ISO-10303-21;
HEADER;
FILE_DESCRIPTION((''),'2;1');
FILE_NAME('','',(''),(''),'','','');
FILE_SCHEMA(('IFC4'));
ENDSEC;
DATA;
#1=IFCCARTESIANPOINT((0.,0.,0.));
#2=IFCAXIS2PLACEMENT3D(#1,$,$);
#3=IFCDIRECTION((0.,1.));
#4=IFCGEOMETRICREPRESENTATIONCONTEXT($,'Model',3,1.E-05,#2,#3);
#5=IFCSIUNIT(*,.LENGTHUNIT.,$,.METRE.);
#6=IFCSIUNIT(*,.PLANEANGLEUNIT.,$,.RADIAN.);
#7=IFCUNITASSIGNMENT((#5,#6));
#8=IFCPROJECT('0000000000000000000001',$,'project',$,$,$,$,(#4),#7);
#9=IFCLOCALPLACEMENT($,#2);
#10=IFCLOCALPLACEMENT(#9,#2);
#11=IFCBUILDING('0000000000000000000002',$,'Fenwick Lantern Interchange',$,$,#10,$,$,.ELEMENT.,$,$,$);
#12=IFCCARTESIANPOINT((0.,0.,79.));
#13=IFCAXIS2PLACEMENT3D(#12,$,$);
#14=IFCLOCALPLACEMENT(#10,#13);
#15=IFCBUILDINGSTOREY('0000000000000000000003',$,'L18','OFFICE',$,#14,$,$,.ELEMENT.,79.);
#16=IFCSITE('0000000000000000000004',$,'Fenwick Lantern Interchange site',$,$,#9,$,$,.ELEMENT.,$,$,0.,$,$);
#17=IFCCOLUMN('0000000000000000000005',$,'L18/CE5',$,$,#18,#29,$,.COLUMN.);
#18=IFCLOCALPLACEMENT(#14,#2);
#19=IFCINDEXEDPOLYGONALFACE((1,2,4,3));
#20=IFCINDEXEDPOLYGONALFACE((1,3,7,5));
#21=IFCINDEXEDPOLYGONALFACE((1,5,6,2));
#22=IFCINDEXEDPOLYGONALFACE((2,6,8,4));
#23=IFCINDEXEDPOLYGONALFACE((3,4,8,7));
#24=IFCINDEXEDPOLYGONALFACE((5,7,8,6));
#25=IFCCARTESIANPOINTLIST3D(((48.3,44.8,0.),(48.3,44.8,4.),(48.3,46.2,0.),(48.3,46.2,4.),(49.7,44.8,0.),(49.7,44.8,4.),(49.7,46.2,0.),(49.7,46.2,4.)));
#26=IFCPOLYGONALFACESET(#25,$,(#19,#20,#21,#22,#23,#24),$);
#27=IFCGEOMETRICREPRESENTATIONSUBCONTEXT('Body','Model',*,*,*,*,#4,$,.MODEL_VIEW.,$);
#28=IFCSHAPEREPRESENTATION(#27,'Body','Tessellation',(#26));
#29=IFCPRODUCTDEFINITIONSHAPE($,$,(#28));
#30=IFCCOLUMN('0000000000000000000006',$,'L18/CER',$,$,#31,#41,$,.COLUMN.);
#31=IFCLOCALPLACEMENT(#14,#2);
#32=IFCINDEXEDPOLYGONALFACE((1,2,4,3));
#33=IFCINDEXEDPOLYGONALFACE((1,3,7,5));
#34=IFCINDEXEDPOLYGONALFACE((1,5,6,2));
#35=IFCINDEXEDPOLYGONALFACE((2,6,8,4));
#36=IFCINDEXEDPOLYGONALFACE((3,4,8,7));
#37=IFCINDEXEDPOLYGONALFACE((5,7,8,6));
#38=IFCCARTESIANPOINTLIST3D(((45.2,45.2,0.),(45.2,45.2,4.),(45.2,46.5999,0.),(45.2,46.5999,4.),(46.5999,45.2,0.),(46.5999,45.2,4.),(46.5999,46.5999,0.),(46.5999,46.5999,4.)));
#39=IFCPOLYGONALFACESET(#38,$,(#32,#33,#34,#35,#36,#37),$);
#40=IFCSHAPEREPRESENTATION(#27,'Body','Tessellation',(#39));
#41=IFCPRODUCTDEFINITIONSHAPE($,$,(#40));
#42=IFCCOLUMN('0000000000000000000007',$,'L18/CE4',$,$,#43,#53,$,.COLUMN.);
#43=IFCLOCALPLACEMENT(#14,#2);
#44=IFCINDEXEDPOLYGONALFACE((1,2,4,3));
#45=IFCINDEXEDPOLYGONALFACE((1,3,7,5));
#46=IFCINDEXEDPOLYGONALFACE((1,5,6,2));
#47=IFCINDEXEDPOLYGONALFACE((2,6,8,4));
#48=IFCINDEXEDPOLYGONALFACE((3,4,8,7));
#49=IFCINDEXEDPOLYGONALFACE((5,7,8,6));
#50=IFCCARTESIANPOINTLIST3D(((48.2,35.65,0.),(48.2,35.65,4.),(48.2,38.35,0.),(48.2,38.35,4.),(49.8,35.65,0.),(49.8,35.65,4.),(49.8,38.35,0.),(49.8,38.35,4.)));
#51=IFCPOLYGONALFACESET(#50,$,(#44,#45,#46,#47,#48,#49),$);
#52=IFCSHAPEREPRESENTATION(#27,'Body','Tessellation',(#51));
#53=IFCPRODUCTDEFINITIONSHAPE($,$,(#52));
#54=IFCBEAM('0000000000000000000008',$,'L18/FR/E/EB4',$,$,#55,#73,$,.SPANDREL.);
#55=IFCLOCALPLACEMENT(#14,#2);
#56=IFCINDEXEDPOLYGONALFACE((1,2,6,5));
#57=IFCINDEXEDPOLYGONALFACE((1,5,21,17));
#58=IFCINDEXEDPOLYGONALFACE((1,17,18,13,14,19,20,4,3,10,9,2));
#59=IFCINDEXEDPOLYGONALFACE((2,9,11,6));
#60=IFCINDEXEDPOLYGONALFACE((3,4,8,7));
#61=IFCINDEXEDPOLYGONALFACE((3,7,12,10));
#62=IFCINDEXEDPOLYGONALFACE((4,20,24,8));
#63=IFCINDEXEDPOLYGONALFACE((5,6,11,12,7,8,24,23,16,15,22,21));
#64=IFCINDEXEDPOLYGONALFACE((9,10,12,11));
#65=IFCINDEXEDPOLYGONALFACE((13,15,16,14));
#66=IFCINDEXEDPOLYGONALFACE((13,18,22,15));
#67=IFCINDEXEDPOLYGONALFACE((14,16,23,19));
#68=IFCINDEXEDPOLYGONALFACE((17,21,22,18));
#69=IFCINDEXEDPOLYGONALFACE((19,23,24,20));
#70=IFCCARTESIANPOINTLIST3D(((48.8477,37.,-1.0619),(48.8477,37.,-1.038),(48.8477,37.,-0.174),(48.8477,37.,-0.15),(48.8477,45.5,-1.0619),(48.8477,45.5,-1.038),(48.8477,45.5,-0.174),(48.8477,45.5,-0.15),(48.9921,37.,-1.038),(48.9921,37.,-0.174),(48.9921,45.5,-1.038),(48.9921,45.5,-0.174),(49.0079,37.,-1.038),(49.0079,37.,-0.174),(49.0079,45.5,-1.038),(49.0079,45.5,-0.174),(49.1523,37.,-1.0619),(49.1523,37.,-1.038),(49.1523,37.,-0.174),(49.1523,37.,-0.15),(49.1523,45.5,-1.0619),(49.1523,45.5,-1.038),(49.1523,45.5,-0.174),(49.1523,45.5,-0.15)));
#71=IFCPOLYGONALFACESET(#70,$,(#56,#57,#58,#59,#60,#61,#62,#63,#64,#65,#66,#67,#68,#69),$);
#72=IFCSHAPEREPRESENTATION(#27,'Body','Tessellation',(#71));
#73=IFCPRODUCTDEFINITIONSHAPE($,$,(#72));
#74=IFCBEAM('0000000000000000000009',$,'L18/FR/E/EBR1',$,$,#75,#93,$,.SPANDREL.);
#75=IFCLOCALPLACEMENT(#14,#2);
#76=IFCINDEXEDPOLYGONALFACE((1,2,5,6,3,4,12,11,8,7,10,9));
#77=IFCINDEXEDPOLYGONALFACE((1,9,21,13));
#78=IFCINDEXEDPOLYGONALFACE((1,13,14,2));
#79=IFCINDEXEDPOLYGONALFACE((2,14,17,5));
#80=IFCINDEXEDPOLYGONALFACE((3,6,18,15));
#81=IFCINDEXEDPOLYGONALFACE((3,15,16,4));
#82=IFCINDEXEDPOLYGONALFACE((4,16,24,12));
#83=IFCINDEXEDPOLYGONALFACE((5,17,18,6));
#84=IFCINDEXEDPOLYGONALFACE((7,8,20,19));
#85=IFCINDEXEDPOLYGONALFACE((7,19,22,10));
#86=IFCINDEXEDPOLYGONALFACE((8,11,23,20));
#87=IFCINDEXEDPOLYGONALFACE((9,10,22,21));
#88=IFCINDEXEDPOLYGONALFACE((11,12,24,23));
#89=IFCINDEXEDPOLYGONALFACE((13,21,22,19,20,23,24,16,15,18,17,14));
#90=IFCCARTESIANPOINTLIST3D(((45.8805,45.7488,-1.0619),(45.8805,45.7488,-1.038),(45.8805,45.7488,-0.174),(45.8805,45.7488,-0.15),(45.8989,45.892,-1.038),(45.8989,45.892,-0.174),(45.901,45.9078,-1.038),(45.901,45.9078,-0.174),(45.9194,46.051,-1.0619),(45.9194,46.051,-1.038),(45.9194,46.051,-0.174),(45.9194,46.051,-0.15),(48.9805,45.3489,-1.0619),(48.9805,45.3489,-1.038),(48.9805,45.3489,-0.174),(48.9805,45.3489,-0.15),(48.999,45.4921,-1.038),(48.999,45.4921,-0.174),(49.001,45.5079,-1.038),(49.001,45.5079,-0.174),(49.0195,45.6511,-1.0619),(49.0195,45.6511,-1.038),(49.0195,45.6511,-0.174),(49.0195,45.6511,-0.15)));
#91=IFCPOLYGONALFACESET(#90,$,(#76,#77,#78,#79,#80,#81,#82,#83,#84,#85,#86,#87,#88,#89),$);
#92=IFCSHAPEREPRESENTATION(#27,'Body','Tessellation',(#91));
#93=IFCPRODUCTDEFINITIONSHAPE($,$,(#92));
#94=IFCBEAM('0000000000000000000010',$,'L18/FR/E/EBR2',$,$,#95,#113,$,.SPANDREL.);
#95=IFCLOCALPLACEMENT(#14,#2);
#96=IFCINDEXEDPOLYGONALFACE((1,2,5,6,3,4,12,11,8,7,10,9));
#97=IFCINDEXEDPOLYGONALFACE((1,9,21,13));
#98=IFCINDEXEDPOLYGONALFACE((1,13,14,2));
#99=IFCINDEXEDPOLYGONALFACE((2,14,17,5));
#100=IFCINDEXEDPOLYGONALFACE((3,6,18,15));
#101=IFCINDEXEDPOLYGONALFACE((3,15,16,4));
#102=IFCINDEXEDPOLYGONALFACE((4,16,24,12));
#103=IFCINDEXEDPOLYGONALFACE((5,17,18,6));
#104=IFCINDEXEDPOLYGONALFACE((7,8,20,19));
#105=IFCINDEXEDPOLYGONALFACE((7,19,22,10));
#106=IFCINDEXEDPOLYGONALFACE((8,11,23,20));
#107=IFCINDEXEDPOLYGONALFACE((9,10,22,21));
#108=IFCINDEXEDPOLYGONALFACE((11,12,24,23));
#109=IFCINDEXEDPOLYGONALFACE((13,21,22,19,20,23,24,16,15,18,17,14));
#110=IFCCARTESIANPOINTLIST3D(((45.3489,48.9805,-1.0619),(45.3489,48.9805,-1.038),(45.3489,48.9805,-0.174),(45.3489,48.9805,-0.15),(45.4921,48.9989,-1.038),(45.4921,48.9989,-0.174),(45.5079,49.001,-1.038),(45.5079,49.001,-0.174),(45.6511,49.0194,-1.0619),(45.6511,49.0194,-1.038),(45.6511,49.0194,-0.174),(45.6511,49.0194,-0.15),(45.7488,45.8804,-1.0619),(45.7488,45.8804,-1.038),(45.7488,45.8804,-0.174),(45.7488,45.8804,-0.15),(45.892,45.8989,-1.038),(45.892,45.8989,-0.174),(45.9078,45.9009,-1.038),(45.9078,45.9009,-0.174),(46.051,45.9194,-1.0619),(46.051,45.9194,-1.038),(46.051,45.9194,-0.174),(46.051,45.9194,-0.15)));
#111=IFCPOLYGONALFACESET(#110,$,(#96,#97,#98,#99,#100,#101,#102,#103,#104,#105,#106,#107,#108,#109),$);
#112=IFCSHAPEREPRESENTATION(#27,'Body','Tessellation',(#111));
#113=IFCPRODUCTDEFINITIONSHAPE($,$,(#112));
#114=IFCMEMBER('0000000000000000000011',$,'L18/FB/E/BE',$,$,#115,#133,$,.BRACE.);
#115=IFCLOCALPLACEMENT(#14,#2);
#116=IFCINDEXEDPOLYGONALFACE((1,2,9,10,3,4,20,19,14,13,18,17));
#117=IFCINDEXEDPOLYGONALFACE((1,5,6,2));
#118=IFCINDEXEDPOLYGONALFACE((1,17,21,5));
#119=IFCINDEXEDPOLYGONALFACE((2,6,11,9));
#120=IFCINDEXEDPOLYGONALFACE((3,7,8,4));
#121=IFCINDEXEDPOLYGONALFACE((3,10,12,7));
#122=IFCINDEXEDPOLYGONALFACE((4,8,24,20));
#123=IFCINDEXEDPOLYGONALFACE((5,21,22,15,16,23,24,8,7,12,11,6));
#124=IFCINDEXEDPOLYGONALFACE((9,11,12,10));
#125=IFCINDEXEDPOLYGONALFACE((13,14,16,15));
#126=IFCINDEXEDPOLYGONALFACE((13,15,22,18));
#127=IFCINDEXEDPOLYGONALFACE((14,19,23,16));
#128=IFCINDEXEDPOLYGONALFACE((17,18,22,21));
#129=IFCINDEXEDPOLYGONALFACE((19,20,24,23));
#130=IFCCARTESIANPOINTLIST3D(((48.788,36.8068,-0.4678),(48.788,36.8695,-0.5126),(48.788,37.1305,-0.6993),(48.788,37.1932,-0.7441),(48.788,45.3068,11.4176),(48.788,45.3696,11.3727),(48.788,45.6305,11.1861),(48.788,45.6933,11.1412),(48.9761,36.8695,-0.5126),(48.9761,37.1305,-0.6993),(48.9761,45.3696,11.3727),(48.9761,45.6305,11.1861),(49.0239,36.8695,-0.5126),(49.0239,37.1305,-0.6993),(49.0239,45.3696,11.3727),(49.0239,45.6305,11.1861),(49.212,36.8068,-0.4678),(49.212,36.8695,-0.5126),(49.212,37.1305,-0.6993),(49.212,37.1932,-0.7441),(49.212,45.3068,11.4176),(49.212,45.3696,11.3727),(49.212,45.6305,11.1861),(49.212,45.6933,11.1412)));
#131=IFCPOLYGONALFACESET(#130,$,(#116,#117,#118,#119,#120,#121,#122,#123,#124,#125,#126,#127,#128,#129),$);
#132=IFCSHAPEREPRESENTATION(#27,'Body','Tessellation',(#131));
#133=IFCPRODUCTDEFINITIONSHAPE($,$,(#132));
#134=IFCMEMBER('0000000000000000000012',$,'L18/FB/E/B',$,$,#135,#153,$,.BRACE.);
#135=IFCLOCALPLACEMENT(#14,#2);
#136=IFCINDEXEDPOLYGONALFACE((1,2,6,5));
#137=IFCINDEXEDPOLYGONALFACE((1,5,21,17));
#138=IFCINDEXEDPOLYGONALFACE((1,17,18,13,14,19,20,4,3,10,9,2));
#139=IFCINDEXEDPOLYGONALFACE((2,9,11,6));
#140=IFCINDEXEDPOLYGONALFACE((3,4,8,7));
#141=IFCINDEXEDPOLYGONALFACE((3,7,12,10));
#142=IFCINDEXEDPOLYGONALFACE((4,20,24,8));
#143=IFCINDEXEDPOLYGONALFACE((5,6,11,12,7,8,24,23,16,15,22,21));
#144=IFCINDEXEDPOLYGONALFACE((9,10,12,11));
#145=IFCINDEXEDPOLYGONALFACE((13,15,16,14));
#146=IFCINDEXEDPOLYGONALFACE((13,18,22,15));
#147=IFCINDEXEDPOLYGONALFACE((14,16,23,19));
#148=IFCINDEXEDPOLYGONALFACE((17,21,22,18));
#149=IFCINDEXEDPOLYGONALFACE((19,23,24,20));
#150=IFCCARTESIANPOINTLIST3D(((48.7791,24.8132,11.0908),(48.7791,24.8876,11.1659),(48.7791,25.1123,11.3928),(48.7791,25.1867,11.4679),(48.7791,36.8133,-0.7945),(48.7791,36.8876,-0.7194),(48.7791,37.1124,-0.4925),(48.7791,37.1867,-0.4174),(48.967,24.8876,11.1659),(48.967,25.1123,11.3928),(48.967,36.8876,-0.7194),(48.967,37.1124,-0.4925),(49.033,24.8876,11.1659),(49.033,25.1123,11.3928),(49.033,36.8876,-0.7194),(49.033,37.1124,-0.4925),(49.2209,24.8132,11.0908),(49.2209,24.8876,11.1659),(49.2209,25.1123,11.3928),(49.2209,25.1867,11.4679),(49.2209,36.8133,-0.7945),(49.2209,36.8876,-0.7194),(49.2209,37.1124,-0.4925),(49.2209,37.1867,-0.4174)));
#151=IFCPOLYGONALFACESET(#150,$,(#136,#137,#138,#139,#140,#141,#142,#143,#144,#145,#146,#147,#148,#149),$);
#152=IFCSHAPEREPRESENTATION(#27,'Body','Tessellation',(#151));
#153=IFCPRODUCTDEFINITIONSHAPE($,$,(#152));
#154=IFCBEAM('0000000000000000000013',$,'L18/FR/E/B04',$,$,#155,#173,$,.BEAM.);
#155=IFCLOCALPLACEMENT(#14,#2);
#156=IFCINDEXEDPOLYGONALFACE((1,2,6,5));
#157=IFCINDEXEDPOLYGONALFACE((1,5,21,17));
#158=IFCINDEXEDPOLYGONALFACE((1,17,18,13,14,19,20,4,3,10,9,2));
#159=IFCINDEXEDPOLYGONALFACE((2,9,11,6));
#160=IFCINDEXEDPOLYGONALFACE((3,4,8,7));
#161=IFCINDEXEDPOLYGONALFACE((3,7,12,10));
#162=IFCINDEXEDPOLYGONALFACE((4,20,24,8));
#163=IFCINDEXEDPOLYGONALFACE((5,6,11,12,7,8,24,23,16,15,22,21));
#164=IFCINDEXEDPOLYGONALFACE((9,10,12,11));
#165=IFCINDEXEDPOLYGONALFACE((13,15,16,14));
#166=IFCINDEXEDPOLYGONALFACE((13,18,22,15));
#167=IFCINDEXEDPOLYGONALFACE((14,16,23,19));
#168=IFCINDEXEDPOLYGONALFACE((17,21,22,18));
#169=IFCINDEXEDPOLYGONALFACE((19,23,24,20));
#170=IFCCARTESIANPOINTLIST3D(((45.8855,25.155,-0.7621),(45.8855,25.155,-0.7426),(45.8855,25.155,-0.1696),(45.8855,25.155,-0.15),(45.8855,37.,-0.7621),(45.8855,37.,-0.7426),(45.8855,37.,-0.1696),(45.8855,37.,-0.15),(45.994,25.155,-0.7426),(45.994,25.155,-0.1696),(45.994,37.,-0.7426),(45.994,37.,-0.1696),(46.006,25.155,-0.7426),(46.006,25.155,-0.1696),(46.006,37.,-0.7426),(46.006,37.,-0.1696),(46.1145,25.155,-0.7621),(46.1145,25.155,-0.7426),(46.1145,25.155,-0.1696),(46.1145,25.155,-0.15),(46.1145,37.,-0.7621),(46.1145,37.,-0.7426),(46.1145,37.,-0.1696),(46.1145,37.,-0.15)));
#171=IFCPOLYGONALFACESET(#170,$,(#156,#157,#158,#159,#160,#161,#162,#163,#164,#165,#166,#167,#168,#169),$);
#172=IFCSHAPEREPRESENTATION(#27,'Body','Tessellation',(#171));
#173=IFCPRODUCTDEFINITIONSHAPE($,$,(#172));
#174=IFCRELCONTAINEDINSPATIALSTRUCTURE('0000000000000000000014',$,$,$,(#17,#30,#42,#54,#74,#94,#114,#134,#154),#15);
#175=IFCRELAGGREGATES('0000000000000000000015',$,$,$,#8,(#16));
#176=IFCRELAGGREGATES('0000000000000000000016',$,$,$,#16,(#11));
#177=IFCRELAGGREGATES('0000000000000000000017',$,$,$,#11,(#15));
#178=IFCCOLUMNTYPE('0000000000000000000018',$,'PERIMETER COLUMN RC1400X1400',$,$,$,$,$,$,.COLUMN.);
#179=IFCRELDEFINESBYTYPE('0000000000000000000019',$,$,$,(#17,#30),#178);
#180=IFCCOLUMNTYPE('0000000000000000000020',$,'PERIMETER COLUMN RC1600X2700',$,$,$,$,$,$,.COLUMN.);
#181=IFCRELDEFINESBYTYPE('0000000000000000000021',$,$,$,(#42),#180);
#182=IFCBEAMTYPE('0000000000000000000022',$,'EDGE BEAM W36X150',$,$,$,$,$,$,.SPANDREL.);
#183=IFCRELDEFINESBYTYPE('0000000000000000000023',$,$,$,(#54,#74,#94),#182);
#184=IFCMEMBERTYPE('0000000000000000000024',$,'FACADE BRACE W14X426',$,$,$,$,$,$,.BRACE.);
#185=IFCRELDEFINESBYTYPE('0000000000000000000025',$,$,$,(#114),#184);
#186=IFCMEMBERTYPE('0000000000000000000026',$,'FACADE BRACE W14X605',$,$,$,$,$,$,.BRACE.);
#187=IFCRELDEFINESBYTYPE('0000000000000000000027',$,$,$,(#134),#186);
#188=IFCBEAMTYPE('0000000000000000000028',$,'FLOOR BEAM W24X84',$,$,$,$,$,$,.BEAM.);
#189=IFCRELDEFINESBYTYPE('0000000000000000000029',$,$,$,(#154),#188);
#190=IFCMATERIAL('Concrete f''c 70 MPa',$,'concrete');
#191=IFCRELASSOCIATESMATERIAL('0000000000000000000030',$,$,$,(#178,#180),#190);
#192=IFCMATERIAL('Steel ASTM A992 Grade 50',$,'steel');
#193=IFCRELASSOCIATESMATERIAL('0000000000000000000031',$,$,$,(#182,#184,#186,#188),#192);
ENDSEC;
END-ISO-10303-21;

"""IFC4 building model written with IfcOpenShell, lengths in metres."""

from ifc_helpers import new_model, si_unit, direction, frame, origin, origin_2d, place, context, subcontext, project, spatial, rectangle, i_section, extrude, material, material_profile, profile_set, type_object, element, save


model = new_model("IFC4")

# Units and contexts
model_context = context("Model", 3, precision=1e-05, world=origin(), true_north=direction((0.0, 1.0)))
body_context = subcontext(model_context, "Body", "Model", "MODEL_VIEW")
ifc_project = project(units=[si_unit("LENGTHUNIT", "METRE"), si_unit("PLANEANGLEUNIT", "RADIAN")], contexts=[model_context])

# Site, building, storey
site_placement = place(None, origin())
site = spatial("IfcSite", under=ifc_project, at=site_placement, Name="Fenwick Lantern Interchange site", CompositionType="ELEMENT", RefElevation=0.0)
building_placement = place(site_placement, origin())
building = spatial("IfcBuilding", under=site, at=building_placement, Name="Fenwick Lantern Interchange", CompositionType="ELEMENT")
storey_placement = place(building_placement, frame((0.0, 0.0, 79.0)))
storey = spatial("IfcBuildingStorey", under=building, at=storey_placement, Name="L18", Description="OFFICE", CompositionType="ELEMENT", Elevation=79.0)

# Columns
ifc_material_1 = material(Name="Concrete f'c 70 MPa", Category="concrete")
ifc_material_profile_1 = material_profile(ifc_material_1, rectangle(XDim=1.3999, YDim=1.3999, at=origin_2d()), Name="RC1400X1400")
ifc_profile_set_1 = profile_set([ifc_material_profile_1], Name="Concrete f'c 70 MPa")
column_type_1 = type_object("IfcColumnType", Name="PERIMETER COLUMN RC1400X1400", PredefinedType="COLUMN", material=ifc_profile_set_1)
for number, where, z_axis, x_axis, name in (
    (1, (49.0, 45.5, 0.0), (0.0, 0.0, 1.0), (1.0, 0.0, 0.0), "L18/CE5"),
    (2, (45.8999, 45.8999, 0.0), (0.0, 0.0, 1.0), (1.0, 0.0, 0.0), "L18/CER"),
):
    element("IfcColumn", number, at=place(storey_placement, frame(where, z_axis=z_axis, x_axis=x_axis)), inside=storey, type_object=column_type_1, Name=name, PredefinedType="COLUMN", context=body_context, shape_type="SweptSolid", body=[
        extrude(rectangle(XDim=1.3999, YDim=1.3999, at=origin_2d()), origin(), (0.0, 0.0, 1.0), 4.0),
    ])
ifc_material_profile_2 = material_profile(ifc_material_1, rectangle(XDim=1.6001, YDim=2.7, at=origin_2d()), Name="RC1600X2700")
ifc_profile_set_2 = profile_set([ifc_material_profile_2], Name="Concrete f'c 70 MPa")
column_type_2 = type_object("IfcColumnType", Name="PERIMETER COLUMN RC1600X2700", PredefinedType="COLUMN", material=ifc_profile_set_2)
column_placement = place(storey_placement, frame((49.0, 37.0, 0.0), z_axis=(0.0, 0.0, 1.0), x_axis=(1.0, 0.0, 0.0)))
element("IfcColumn", 3, at=column_placement, inside=storey, type_object=column_type_2, Name="L18/CE4", PredefinedType="COLUMN", context=body_context, shape_type="SweptSolid", body=[
    extrude(rectangle(XDim=1.6001, YDim=2.7, at=origin_2d()), origin(), (0.0, 0.0, 1.0), 4.0),
])

# Beams
ifc_material_2 = material(Name="Steel ASTM A992 Grade 50", Category="steel")
ifc_material_profile_3 = material_profile(ifc_material_2, i_section(OverallWidth=0.3047, OverallDepth=0.9119, WebThickness=0.0159, FlangeThickness=0.0239, at=origin_2d()), Name="W36X150")
ifc_profile_set_3 = profile_set([ifc_material_profile_3], Name="Steel ASTM A992 Grade 50")
beam_type_1 = type_object("IfcBeamType", Name="EDGE BEAM W36X150", PredefinedType="SPANDREL", material=ifc_profile_set_3)
beam_1_placement = place(storey_placement, frame((49.0, 37.0, -0.606), z_axis=(0.0, 1.0, 0.0), x_axis=(-1.0, 0.0, 0.0)))
element("IfcBeam", 4, at=beam_1_placement, inside=storey, type_object=beam_type_1, Name="L18/FR/E/EB4", PredefinedType="SPANDREL", context=body_context, shape_type="SweptSolid", body=[
    extrude(i_section(OverallWidth=0.3047, OverallDepth=0.9119, WebThickness=0.0159, FlangeThickness=0.0239, at=origin_2d()), origin(), (0.0, 0.0, 1.0), 8.5),
])
for number, where, z_axis, x_axis, name in (
    (5, (49.0, 45.5, -0.606), (-0.991782, 0.127937, 0.0), (-0.127937, -0.991782, 0.0), "L18/FR/E/EBR1"),
    (6, (45.8999, 45.8999, -0.606), (-0.127937, 0.991782, 0.0), (-0.991782, -0.127937, 0.0), "L18/FR/E/EBR2"),
):
    element("IfcBeam", number, at=place(storey_placement, frame(where, z_axis=z_axis, x_axis=x_axis)), inside=storey, type_object=beam_type_1, Name=name, PredefinedType="SPANDREL", context=body_context, shape_type="SweptSolid", body=[
        extrude(i_section(OverallWidth=0.3047, OverallDepth=0.9119, WebThickness=0.0159, FlangeThickness=0.0239, at=origin_2d()), origin(), (0.0, 0.0, 1.0), 3.1257),
    ])

# Members
ifc_material_profile_4 = material_profile(ifc_material_2, i_section(OverallWidth=0.4241, OverallDepth=0.4751, WebThickness=0.0479, FlangeThickness=0.0771, at=origin_2d()), Name="W14X426")
ifc_profile_set_4 = profile_set([ifc_material_profile_4], Name="Steel ASTM A992 Grade 50")
member_type_1 = type_object("IfcMemberType", Name="FACADE BRACE W14X426", PredefinedType="BRACE", material=ifc_profile_set_4)
member_1_placement = place(storey_placement, frame((49.0, 37.0, -0.606), z_axis=(0.0, 0.581715, 0.813392), x_axis=(-1.0, 0.0, 0.0)))
element("IfcMember", 7, at=member_1_placement, inside=storey, type_object=member_type_1, Name="L18/FB/E/BE", PredefinedType="BRACE", context=body_context, shape_type="SweptSolid", body=[
    extrude(i_section(OverallWidth=0.4241, OverallDepth=0.4751, WebThickness=0.0479, FlangeThickness=0.0771, at=origin_2d()), origin(), (0.0, 0.0, 1.0), 14.6121),
])
ifc_material_profile_5 = material_profile(ifc_material_2, i_section(OverallWidth=0.4419, OverallDepth=0.5308, WebThickness=0.0659, FlangeThickness=0.1057, at=origin_2d()), Name="W14X605")
ifc_profile_set_5 = profile_set([ifc_material_profile_5], Name="Steel ASTM A992 Grade 50")
member_type_2 = type_object("IfcMemberType", Name="FACADE BRACE W14X605", PredefinedType="BRACE", material=ifc_profile_set_5)
member_2_placement = place(storey_placement, frame((49.0, 37.0, -0.606), z_axis=(0.0, -0.710496, 0.703702), x_axis=(1.0, 0.0, 0.0)))
element("IfcMember", 8, at=member_2_placement, inside=storey, type_object=member_type_2, Name="L18/FB/E/B", PredefinedType="BRACE", context=body_context, shape_type="SweptSolid", body=[
    extrude(i_section(OverallWidth=0.4419, OverallDepth=0.5308, WebThickness=0.0659, FlangeThickness=0.1057, at=origin_2d()), origin(), (0.0, 0.0, 1.0), 16.8896),
])

# Beam
ifc_material_profile_6 = material_profile(ifc_material_2, i_section(OverallWidth=0.229, OverallDepth=0.6121, WebThickness=0.012, FlangeThickness=0.0195, at=origin_2d()), Name="W24X84")
ifc_profile_set_6 = profile_set([ifc_material_profile_6], Name="Steel ASTM A992 Grade 50")
beam_type_2 = type_object("IfcBeamType", Name="FLOOR BEAM W24X84", PredefinedType="BEAM", material=ifc_profile_set_6)
for number, where, z_axis, x_axis, name in (
    (9, (46.0, 25.155, -0.4561), (0.0, 1.0, 0.0), (-1.0, 0.0, 0.0), "L18/FR/E/B04"),
):
    element("IfcBeam", number, at=place(storey_placement, frame(where, z_axis=z_axis, x_axis=x_axis)), inside=storey, type_object=beam_type_2, Name=name, PredefinedType="BEAM", context=body_context, shape_type="SweptSolid", body=[
        extrude(i_section(OverallWidth=0.229, OverallDepth=0.6121, WebThickness=0.012, FlangeThickness=0.0195, at=origin_2d()), origin(), (0.0, 0.0, 1.0), 11.845),
    ])

save(model, "model.ifc")
